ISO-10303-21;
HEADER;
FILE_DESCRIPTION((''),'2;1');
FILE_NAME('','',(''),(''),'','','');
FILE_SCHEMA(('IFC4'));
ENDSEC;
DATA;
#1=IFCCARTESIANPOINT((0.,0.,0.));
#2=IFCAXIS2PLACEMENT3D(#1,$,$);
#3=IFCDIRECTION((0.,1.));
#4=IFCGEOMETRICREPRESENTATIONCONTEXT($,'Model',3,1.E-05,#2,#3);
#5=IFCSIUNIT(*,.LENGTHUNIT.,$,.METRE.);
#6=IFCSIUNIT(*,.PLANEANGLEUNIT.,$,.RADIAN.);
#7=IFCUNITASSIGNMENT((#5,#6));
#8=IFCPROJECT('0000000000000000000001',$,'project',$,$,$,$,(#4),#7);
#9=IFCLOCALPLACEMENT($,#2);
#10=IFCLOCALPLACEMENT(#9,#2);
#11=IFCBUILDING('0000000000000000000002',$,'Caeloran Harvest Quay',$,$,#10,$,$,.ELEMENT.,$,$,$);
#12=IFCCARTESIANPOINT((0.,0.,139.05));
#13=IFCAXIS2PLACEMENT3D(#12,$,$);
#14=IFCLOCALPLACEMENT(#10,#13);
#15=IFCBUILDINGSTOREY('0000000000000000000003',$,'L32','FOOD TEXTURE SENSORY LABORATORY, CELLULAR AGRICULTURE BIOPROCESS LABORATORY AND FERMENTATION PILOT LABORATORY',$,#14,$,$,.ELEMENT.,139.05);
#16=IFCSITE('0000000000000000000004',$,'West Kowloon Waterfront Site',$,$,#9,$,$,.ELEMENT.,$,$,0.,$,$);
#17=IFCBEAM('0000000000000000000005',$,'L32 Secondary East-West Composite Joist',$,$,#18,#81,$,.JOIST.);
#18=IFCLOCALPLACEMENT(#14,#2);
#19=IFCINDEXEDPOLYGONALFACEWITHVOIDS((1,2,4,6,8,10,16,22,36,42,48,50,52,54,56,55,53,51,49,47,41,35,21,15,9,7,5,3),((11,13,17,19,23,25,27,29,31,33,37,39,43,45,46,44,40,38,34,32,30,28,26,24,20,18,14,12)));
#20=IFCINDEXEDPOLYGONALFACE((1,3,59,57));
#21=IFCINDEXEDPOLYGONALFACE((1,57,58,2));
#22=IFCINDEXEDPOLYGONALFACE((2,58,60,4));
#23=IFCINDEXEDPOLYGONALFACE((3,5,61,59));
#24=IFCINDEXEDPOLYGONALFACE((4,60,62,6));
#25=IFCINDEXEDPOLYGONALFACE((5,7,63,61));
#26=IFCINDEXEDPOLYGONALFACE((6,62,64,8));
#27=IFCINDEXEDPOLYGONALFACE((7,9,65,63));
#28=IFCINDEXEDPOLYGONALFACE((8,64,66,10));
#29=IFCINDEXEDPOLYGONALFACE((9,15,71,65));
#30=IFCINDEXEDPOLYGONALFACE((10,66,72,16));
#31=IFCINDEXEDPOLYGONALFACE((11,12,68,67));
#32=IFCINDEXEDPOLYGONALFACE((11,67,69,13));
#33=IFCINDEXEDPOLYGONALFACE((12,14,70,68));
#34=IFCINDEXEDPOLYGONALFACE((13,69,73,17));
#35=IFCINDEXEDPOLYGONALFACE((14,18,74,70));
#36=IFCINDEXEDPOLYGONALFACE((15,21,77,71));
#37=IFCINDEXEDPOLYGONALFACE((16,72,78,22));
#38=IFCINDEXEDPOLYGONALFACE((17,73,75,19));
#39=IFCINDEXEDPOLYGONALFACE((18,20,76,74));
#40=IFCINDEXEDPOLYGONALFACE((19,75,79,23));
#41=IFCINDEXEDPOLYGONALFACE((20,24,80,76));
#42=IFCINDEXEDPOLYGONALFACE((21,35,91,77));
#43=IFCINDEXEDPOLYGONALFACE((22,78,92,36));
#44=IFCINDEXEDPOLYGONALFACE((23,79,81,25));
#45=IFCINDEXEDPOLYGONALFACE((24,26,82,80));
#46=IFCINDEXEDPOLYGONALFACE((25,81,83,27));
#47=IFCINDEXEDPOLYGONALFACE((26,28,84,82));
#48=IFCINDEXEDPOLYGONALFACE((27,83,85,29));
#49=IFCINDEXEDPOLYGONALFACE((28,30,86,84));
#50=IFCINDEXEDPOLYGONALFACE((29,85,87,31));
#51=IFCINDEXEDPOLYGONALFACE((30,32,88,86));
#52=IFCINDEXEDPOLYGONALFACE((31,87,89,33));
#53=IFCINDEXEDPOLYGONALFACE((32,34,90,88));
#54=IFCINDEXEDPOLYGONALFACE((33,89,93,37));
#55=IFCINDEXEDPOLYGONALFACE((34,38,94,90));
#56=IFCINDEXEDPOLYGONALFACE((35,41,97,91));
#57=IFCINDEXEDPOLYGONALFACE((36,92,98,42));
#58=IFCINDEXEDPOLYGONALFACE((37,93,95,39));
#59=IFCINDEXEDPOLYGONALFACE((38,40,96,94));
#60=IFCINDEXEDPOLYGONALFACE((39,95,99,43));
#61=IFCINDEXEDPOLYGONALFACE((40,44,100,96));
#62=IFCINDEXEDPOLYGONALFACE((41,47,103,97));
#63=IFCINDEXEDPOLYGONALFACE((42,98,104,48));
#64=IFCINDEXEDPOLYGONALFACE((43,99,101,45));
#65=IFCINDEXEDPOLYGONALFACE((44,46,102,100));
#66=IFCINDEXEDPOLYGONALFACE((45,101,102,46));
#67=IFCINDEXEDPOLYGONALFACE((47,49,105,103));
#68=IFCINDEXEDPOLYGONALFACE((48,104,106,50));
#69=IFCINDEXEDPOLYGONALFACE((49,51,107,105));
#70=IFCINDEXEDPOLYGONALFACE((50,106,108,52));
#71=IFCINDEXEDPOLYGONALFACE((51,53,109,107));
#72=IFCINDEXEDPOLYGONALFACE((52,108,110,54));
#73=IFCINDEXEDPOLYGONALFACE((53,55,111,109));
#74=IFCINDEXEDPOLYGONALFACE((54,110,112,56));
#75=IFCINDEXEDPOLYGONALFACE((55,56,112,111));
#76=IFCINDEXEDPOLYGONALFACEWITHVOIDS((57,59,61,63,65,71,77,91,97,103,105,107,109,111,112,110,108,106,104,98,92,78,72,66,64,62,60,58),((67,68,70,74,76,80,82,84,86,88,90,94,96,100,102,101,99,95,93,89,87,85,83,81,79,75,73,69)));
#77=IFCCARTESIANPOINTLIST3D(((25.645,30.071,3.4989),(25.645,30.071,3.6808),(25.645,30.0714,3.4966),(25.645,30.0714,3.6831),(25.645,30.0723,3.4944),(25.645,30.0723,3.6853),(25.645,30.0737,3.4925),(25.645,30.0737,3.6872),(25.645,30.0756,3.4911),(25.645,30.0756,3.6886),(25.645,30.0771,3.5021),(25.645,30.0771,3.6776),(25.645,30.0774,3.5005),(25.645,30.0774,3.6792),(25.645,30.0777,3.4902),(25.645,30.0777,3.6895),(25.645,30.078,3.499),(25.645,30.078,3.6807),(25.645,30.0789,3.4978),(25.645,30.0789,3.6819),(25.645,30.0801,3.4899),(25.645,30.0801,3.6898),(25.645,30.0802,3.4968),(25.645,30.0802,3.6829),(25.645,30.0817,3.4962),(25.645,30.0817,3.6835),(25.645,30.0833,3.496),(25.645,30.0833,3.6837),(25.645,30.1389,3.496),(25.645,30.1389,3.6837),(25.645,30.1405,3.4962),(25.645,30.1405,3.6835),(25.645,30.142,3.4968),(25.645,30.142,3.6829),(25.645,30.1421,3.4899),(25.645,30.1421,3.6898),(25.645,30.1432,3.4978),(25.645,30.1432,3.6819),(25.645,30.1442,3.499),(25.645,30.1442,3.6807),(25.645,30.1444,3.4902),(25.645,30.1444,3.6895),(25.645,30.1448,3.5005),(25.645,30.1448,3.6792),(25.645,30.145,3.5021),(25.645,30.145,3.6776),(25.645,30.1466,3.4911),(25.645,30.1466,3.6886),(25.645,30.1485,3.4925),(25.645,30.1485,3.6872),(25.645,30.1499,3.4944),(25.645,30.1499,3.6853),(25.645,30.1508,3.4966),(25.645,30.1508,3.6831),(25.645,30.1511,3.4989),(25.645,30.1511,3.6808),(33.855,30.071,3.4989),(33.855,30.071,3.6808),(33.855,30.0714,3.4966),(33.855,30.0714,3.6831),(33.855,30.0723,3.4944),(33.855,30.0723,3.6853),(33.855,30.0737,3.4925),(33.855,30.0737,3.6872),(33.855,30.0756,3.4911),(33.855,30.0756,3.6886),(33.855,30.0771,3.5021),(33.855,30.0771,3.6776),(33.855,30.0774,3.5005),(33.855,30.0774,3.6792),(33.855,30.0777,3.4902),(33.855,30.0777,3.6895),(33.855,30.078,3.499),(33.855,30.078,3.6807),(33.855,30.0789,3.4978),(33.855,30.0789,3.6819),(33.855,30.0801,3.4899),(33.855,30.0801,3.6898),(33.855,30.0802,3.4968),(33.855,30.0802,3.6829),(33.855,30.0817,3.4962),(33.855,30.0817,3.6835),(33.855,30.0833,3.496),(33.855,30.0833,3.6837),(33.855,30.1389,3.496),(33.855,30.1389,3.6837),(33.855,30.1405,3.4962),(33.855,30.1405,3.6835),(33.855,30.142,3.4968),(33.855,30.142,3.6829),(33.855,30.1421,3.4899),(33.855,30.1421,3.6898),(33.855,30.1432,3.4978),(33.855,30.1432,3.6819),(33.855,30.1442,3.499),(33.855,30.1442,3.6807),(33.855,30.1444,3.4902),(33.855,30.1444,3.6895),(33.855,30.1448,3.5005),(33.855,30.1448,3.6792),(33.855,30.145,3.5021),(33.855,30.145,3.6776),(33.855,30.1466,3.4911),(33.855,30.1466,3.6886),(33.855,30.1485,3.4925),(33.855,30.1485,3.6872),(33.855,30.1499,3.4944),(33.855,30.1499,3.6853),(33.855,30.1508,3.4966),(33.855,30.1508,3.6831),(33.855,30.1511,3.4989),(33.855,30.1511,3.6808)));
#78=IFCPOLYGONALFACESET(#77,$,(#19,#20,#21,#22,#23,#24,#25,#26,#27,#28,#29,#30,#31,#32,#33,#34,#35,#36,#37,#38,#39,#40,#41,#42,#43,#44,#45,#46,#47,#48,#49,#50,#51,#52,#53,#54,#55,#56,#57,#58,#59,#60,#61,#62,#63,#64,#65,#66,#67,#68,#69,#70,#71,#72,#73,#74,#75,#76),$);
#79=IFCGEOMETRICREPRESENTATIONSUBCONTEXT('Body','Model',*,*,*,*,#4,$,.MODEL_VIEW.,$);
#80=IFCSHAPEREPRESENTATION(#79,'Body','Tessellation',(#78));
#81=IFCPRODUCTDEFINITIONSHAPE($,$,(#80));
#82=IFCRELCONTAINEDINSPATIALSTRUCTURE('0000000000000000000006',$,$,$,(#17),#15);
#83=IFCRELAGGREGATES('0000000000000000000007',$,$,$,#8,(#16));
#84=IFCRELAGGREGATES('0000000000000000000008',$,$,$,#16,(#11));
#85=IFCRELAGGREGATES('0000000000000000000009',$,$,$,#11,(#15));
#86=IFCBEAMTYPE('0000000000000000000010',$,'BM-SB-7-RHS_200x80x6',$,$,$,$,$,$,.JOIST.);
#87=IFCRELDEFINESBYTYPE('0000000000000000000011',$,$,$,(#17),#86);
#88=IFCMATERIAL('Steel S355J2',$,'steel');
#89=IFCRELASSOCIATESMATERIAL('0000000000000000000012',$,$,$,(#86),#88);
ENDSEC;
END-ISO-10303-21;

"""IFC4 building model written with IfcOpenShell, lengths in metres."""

from ifc_helpers import new_model, si_unit, direction, frame, origin, origin_2d, place, context, subcontext, project, spatial, hollow_rectangle, extrude, material, material_profile, profile_set, type_object, element, save


model = new_model("IFC4")

# Units and contexts
model_context = context("Model", 3, precision=1e-05, world=origin(), true_north=direction((0.0, 1.0)))
body_context = subcontext(model_context, "Body", "Model", "MODEL_VIEW")
ifc_project = project(units=[si_unit("LENGTHUNIT", "METRE"), si_unit("PLANEANGLEUNIT", "RADIAN")], contexts=[model_context])

# Site, building, storey
site_placement = place(None, origin())
site = spatial("IfcSite", under=ifc_project, at=site_placement, Name="West Kowloon Waterfront Site", CompositionType="ELEMENT", RefElevation=0.0)
building_placement = place(site_placement, origin())
building = spatial("IfcBuilding", under=site, at=building_placement, Name="Caeloran Harvest Quay", CompositionType="ELEMENT")
storey_placement = place(building_placement, frame((0.0, 0.0, 139.05)))
storey = spatial("IfcBuildingStorey", under=building, at=storey_placement, Name="L32", Description="FOOD TEXTURE SENSORY LABORATORY, CELLULAR AGRICULTURE BIOPROCESS LABORATORY AND FERMENTATION PILOT LABORATORY", CompositionType="ELEMENT", Elevation=139.05)

# Beam
ifc_material = material(Name="Steel S355J2", Category="steel")
ifc_material_profile_1 = material_profile(ifc_material, hollow_rectangle(XDim=0.0801, YDim=0.2, WallThickness=0.0061, InnerFilletRadius=0.0061, OuterFilletRadius=0.009, at=origin_2d()), Name="RHS 200x80x6")
ifc_profile_set_1 = profile_set([ifc_material_profile_1], Name="Steel S355J2")
beam_type_1 = type_object("IfcBeamType", Name="BM-SB-7-RHS_200x80x6", PredefinedType="JOIST", material=ifc_profile_set_1)
for number, where, z_axis, x_axis, name in (
    (1, (25.645, 30.1111, 3.5898), (1.0, 0.0, 0.0), (0.0, 1.0, 0.0), "L32 Secondary East-West Composite Joist"),
):
    element("IfcBeam", number, at=place(storey_placement, frame(where, z_axis=z_axis, x_axis=x_axis)), inside=storey, type_object=beam_type_1, Name=name, PredefinedType="JOIST", context=body_context, shape_type="SweptSolid", body=[
        extrude(hollow_rectangle(XDim=0.0801, YDim=0.2, WallThickness=0.0061, InnerFilletRadius=0.0061, OuterFilletRadius=0.009, at=origin_2d()), origin(), (0.0, 0.0, 1.0), 8.21),
    ])

save(model, "model.ifc")
